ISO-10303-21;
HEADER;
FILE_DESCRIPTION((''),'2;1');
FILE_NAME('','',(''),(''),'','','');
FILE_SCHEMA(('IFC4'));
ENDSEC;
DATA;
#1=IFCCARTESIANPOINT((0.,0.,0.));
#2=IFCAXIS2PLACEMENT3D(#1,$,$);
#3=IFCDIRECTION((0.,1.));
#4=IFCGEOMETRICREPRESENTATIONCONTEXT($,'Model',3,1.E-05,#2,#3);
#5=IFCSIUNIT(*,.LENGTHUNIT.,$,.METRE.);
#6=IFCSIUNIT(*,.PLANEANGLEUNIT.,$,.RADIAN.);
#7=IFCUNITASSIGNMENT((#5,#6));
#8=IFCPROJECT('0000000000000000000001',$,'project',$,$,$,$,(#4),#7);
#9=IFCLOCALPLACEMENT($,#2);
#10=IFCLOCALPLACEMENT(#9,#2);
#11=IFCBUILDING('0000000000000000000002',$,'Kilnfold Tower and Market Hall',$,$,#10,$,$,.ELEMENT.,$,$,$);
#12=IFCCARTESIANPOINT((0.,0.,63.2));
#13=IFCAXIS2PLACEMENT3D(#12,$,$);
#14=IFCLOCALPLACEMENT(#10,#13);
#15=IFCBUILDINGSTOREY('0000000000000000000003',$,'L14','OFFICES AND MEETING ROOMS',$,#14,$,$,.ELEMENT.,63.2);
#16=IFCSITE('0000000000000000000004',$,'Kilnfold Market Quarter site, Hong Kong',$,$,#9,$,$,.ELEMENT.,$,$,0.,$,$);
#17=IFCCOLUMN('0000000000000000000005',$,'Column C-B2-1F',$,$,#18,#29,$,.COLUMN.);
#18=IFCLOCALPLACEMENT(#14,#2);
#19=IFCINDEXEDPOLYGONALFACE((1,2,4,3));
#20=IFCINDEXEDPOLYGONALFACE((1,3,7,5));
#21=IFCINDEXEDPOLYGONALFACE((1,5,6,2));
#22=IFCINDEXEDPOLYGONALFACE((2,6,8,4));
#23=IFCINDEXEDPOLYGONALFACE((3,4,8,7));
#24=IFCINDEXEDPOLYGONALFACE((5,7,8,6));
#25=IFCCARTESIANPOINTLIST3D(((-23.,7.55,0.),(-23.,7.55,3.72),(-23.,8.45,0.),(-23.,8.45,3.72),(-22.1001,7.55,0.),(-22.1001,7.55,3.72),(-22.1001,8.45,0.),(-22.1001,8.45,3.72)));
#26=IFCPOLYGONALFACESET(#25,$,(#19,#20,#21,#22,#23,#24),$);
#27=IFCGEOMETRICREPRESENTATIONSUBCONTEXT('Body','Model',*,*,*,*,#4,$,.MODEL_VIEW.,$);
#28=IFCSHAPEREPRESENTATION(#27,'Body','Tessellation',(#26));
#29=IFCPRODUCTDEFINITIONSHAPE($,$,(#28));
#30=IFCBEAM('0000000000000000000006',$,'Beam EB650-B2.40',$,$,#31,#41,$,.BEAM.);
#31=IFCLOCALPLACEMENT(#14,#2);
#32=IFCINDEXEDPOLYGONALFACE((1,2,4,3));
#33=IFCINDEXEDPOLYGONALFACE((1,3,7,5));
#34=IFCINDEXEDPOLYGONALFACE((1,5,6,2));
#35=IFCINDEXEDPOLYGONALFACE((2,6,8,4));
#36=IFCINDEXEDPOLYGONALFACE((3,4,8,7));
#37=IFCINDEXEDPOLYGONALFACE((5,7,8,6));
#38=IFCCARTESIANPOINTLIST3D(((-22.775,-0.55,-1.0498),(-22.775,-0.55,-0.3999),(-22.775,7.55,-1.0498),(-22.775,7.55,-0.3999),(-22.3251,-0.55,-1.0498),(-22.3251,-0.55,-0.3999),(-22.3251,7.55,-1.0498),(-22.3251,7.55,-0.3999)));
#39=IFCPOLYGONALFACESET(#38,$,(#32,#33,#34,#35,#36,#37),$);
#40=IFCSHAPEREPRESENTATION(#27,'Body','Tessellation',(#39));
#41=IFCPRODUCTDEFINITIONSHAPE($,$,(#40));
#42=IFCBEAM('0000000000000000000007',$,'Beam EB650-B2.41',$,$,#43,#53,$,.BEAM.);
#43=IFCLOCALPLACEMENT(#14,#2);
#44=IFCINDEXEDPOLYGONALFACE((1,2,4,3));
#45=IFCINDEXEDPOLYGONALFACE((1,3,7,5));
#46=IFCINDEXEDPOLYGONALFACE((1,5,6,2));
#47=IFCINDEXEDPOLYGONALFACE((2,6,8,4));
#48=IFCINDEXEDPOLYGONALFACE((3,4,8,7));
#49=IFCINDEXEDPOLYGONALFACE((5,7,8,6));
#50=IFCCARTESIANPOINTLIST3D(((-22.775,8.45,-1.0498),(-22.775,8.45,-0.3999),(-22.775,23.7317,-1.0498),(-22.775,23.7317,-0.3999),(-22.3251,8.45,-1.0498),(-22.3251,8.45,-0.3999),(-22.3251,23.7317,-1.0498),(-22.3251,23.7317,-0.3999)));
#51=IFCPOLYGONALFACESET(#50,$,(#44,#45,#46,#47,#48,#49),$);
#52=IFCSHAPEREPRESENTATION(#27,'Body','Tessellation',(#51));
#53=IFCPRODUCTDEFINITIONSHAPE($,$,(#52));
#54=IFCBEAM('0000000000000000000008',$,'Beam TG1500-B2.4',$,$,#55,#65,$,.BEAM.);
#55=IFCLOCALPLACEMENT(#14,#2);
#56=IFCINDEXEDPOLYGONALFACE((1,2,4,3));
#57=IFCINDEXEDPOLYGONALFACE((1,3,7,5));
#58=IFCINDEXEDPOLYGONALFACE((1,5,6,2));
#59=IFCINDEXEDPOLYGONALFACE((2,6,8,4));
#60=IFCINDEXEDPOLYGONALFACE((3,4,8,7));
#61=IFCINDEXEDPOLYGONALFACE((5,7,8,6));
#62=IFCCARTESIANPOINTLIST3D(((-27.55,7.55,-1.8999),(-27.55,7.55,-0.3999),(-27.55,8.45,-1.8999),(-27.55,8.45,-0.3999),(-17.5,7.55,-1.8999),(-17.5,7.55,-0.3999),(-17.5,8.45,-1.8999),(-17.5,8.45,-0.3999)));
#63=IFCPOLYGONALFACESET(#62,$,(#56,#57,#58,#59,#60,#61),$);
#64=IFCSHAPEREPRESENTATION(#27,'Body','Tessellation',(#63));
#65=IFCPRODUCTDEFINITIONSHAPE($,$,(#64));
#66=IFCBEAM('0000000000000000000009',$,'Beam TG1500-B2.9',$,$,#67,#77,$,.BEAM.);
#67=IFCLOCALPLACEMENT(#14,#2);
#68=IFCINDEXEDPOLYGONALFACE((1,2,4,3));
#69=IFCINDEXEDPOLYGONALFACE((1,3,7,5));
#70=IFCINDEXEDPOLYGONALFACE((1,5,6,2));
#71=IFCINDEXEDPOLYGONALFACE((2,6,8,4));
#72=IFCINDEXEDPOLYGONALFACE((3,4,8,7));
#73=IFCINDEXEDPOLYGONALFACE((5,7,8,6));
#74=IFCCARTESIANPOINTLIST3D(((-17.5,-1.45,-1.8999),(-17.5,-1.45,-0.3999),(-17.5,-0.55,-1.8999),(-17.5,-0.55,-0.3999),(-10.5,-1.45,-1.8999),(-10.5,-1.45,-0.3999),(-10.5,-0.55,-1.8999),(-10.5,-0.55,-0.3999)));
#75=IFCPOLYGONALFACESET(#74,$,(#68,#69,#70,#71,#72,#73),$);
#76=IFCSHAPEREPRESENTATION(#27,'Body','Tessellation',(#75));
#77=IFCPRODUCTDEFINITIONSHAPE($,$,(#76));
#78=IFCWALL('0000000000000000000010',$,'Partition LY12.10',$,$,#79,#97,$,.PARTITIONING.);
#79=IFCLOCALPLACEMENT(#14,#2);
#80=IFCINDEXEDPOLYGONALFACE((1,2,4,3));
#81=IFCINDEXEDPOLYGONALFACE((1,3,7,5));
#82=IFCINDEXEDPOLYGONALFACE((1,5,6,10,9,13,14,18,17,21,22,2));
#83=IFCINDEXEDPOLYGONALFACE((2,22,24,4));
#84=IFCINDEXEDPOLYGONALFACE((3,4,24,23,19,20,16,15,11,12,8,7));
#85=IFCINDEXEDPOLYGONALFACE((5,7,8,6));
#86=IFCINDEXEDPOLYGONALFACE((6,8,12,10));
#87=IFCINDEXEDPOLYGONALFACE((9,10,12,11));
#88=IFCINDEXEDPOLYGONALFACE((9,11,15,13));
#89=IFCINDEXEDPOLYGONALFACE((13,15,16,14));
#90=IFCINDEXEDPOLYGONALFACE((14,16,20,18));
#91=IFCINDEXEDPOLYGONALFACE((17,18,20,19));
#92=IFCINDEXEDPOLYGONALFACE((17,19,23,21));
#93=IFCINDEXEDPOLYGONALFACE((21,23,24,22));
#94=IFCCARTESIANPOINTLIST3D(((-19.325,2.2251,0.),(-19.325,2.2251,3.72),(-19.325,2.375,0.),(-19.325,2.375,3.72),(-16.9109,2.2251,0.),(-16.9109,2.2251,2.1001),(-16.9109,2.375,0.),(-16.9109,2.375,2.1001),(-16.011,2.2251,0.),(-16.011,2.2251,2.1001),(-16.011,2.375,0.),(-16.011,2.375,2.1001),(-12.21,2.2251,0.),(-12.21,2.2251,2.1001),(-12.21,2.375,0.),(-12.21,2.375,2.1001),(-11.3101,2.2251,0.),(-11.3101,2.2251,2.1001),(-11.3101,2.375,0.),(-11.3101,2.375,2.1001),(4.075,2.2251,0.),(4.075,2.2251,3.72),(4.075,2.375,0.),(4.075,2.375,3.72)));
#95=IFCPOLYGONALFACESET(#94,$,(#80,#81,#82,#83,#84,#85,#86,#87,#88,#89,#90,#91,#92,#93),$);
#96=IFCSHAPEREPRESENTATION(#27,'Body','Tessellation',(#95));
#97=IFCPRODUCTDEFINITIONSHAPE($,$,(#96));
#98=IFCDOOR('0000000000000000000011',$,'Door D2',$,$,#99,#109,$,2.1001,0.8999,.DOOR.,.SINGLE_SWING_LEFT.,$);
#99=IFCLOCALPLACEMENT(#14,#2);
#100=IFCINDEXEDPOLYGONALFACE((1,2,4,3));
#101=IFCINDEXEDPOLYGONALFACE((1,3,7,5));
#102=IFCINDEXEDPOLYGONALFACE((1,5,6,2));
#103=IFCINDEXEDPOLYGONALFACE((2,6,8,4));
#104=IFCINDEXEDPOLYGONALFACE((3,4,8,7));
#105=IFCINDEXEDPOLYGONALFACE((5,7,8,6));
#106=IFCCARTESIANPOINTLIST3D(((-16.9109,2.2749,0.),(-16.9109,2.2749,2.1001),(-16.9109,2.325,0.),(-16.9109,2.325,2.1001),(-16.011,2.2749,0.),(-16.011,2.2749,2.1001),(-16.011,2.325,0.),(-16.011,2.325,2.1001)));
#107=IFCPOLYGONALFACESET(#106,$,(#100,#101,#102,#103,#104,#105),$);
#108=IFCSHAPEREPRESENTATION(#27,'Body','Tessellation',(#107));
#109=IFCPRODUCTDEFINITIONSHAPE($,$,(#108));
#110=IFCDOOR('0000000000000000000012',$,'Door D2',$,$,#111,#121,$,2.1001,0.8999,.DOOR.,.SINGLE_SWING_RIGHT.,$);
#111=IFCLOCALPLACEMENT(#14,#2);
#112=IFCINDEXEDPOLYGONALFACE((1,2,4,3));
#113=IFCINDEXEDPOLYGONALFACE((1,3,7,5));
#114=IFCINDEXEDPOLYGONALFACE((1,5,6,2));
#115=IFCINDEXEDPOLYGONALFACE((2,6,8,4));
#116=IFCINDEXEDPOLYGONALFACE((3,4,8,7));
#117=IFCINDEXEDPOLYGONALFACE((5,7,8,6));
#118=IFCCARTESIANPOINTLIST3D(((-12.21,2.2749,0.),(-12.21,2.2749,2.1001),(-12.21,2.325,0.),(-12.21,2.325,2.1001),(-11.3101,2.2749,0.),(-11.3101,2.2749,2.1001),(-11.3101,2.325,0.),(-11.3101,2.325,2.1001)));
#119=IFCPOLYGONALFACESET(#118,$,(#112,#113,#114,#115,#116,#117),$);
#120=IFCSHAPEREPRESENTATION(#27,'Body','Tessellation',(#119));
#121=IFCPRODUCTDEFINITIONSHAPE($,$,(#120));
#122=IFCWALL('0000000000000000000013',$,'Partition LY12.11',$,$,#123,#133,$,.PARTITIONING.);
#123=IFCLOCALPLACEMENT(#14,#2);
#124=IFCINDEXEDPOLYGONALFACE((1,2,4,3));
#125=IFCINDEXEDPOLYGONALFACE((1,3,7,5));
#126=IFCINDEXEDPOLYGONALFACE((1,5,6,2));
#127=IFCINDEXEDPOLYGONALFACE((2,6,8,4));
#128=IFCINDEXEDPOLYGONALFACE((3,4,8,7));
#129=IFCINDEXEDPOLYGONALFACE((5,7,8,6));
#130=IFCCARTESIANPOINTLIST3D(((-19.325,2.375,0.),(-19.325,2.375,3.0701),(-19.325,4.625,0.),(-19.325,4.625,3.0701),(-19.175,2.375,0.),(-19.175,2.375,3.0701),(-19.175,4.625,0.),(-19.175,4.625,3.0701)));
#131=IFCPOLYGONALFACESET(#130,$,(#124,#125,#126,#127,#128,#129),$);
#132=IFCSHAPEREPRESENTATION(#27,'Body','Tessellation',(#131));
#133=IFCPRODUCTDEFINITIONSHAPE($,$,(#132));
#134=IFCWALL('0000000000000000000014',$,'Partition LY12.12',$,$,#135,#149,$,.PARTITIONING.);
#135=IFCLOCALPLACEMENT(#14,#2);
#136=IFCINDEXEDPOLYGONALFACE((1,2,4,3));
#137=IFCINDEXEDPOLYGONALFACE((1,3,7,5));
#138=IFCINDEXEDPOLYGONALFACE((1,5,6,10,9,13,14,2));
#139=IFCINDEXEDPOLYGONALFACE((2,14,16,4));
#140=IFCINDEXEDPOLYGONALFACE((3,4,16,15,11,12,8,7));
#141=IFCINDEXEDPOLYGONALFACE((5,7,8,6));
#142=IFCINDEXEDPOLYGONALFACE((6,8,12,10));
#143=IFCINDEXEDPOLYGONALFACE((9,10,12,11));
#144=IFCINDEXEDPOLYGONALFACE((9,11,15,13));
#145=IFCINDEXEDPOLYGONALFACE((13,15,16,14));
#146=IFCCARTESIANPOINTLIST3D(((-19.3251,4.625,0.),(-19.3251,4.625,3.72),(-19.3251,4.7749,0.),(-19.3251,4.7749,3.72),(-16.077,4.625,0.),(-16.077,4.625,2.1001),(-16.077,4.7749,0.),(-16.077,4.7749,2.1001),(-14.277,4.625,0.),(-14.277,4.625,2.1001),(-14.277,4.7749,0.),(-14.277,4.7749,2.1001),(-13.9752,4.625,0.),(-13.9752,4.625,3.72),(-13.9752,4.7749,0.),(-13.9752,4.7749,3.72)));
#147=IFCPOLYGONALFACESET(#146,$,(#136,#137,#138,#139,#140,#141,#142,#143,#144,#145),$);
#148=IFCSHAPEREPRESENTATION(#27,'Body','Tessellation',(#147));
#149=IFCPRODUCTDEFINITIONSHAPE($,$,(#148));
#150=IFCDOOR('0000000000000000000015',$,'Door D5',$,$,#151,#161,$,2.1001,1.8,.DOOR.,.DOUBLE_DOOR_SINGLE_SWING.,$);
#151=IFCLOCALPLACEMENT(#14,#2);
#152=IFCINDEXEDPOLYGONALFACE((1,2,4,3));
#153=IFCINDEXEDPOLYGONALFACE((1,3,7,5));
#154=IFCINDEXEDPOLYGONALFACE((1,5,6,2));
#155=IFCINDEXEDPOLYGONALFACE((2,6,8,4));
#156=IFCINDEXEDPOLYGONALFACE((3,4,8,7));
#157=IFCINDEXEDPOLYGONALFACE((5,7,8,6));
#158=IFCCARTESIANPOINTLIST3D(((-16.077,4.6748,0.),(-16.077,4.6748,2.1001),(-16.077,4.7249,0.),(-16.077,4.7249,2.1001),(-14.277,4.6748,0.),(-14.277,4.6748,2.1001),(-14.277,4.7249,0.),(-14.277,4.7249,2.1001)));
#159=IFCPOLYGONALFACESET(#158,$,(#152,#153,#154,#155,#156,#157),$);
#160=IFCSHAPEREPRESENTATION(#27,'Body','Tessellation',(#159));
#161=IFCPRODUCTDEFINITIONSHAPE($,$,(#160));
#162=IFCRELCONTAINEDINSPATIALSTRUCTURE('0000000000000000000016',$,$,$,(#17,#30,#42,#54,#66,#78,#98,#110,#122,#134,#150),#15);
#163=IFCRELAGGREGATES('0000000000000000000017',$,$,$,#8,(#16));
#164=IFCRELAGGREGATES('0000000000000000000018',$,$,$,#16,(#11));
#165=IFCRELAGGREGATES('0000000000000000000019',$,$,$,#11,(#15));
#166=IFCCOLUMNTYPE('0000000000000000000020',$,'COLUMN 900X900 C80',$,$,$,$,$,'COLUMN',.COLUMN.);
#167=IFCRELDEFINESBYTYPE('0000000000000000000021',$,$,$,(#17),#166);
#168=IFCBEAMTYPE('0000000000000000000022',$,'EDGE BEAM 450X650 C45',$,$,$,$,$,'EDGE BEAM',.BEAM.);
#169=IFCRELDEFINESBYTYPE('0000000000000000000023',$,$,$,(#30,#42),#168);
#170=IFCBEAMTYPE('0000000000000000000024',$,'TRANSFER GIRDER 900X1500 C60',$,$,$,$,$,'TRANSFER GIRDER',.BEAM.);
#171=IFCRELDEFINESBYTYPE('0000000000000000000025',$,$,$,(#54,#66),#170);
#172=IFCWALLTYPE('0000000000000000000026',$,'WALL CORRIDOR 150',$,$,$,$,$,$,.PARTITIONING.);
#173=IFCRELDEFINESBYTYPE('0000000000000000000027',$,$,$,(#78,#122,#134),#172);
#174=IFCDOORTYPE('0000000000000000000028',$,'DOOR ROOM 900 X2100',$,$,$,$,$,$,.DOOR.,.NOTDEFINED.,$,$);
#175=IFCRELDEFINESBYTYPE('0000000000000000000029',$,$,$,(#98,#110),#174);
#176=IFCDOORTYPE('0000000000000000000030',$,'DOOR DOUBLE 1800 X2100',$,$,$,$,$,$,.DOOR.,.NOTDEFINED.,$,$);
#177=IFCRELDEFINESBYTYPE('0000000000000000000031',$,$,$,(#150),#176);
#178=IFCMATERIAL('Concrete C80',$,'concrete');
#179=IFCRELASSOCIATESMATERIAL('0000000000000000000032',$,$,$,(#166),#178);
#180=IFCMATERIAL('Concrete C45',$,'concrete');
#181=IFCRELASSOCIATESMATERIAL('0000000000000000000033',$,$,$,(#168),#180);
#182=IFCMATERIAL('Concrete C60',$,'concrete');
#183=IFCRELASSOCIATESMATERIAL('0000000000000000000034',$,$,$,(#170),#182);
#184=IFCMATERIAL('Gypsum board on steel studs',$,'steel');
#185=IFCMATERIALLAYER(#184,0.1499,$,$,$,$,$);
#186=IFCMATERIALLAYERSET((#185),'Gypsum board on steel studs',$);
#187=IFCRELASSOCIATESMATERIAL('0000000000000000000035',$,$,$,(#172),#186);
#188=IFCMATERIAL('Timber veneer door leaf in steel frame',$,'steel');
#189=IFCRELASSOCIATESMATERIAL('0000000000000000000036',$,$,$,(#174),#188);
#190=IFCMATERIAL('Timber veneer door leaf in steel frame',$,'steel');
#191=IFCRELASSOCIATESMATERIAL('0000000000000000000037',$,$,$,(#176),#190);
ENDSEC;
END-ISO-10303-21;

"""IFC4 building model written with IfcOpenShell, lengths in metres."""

from ifc_helpers import new_model, si_unit, direction, frame, frame_2d, origin, origin_2d, place, context, subcontext, project, spatial, rectangle, extrude, source, transform, mapped, material, layer, layer_set, material_profile, profile_set, type_object, element, fill, save


model = new_model("IFC4")

# Units and contexts
model_context = context("Model", 3, precision=1e-05, world=origin(), true_north=direction((0.0, 1.0)))
body_context = subcontext(model_context, "Body", "Model", "MODEL_VIEW")
ifc_project = project(units=[si_unit("LENGTHUNIT", "METRE"), si_unit("PLANEANGLEUNIT", "RADIAN")], contexts=[model_context])

# Site, building, storey
site_placement = place(None, origin())
site = spatial("IfcSite", under=ifc_project, at=site_placement, Name="Kilnfold Market Quarter site, Hong Kong", CompositionType="ELEMENT", RefElevation=0.0)
building_placement = place(site_placement, origin())
building = spatial("IfcBuilding", under=site, at=building_placement, Name="Kilnfold Tower and Market Hall", CompositionType="ELEMENT")
storey_placement = place(building_placement, frame((0.0, 0.0, 63.2)))
storey = spatial("IfcBuildingStorey", under=building, at=storey_placement, Name="L14", Description="OFFICES AND MEETING ROOMS", CompositionType="ELEMENT", Elevation=63.2)

# Column
ifc_material_1 = material(Name="Concrete C80", Category="concrete")
ifc_material_profile_1 = material_profile(ifc_material_1, rectangle(XDim=0.8999, YDim=0.8999, at=origin_2d()), Name="RC 900x900")
ifc_profile_set_1 = profile_set([ifc_material_profile_1], Name="Concrete C80")
column_type = type_object("IfcColumnType", Name="COLUMN 900X900 C80", ElementType="COLUMN", PredefinedType="COLUMN", material=ifc_profile_set_1)
shared_shape_1 = source(origin(), body_context, "Body", "SweptSolid", [
    extrude(rectangle(XDim=0.8999, YDim=0.8999, at=origin_2d()), origin(), (0.0, 0.0, 1.0), 3.72),
])
column_placement = place(storey_placement, frame((-22.55, 8.0, 0.0), z_axis=(0.0, 0.0, 1.0), x_axis=(1.0, 0.0, 0.0)))
element("IfcColumn", 1, at=column_placement, inside=storey, type_object=column_type, Name="Column C-B2-1F", PredefinedType="COLUMN", context=body_context, shape_type="MappedRepresentation", body=[
    mapped(shared_shape_1, transform((0.0, 0.0, 0.0))),
])

# Beams
ifc_material_2 = material(Name="Concrete C45", Category="concrete")
ifc_material_profile_2 = material_profile(ifc_material_2, rectangle(XDim=0.45, YDim=0.6499, at=origin_2d()), Name="RC 450x650")
ifc_profile_set_2 = profile_set([ifc_material_profile_2], Name="Concrete C45")
beam_type_1 = type_object("IfcBeamType", Name="EDGE BEAM 450X650 C45", ElementType="EDGE BEAM", PredefinedType="BEAM", material=ifc_profile_set_2)
shared_shape_2 = source(origin(), body_context, "Body", "SweptSolid", [
    extrude(rectangle(XDim=0.45, YDim=0.6499, at=origin_2d()), origin(), (0.0, 0.0, 1.0), 8.1001),
])
beam_1_placement = place(storey_placement, frame((-22.55, -0.55, -0.7249), z_axis=(0.0, 1.0, 0.0), x_axis=(-1.0, 0.0, 0.0)))
element("IfcBeam", 2, at=beam_1_placement, inside=storey, type_object=beam_type_1, Name="Beam EB650-B2.40", PredefinedType="BEAM", context=body_context, shape_type="MappedRepresentation", body=[
    mapped(shared_shape_2, transform((0.0, 0.0, 0.0))),
])
shared_shape_3 = source(origin(), body_context, "Body", "SweptSolid", [
    extrude(rectangle(XDim=0.45, YDim=0.6499, at=origin_2d()), origin(), (0.0, 0.0, 1.0), 15.2817),
])
beam_2_placement = place(storey_placement, frame((-22.55, 8.45, -0.7249), z_axis=(0.0, 1.0, 0.0), x_axis=(-1.0, 0.0, 0.0)))
element("IfcBeam", 3, at=beam_2_placement, inside=storey, type_object=beam_type_1, Name="Beam EB650-B2.41", PredefinedType="BEAM", context=body_context, shape_type="MappedRepresentation", body=[
    mapped(shared_shape_3, transform((0.0, 0.0, 0.0))),
])
ifc_material_3 = material(Name="Concrete C60", Category="concrete")
ifc_material_profile_3 = material_profile(ifc_material_3, rectangle(XDim=0.8999, YDim=1.5, at=origin_2d()), Name="RC 900x1500")
ifc_profile_set_3 = profile_set([ifc_material_profile_3], Name="Concrete C60")
beam_type_2 = type_object("IfcBeamType", Name="TRANSFER GIRDER 900X1500 C60", ElementType="TRANSFER GIRDER", PredefinedType="BEAM", material=ifc_profile_set_3)
shared_shape_4 = source(origin(), body_context, "Body", "SweptSolid", [
    extrude(rectangle(XDim=0.8999, YDim=1.5, at=origin_2d()), origin(), (0.0, 0.0, 1.0), 10.05),
])
beam_3_placement = place(storey_placement, frame((-27.55, 8.0, -1.1499), z_axis=(1.0, 0.0, 0.0), x_axis=(0.0, 1.0, 0.0)))
element("IfcBeam", 4, at=beam_3_placement, inside=storey, type_object=beam_type_2, Name="Beam TG1500-B2.4", PredefinedType="BEAM", context=body_context, shape_type="MappedRepresentation", body=[
    mapped(shared_shape_4, transform((0.0, 0.0, 0.0))),
])
shared_shape_5 = source(origin(), body_context, "Body", "SweptSolid", [
    extrude(rectangle(XDim=0.8999, YDim=1.5, at=origin_2d()), origin(), (0.0, 0.0, 1.0), 7.0),
])
beam_4_placement = place(storey_placement, frame((-17.5, -1.0, -1.1499), z_axis=(1.0, 0.0, 0.0), x_axis=(0.0, 1.0, 0.0)))
element("IfcBeam", 5, at=beam_4_placement, inside=storey, type_object=beam_type_2, Name="Beam TG1500-B2.9", PredefinedType="BEAM", context=body_context, shape_type="MappedRepresentation", body=[
    mapped(shared_shape_5, transform((0.0, 0.0, 0.0))),
])

# Wall, openings, doors
ifc_material_4 = material(Name="Gypsum board on steel studs", Category="steel")
ifc_layer_1 = layer(ifc_material_4, 0.1499)
ifc_layer_set_1 = layer_set([ifc_layer_1], Name="Gypsum board on steel studs")
wall_type_1 = type_object("IfcWallType", Name="WALL CORRIDOR 150", PredefinedType="PARTITIONING", material=ifc_layer_set_1)
wall_1_placement = place(storey_placement, frame((-19.325, 2.3, 0.0), z_axis=(0.0, 0.0, 1.0), x_axis=(1.0, 0.0, 0.0)))
wall_1 = element("IfcWall", 6, at=wall_1_placement, inside=storey, type_object=wall_type_1, Name="Partition LY12.10", PredefinedType="PARTITIONING", context=body_context, shape_type="SweptSolid", body=[
    extrude(rectangle(XDim=23.3999, YDim=0.1499, at=frame_2d((11.7, 0.0))), origin(), (0.0, 0.0, 1.0), 3.72),
])
opening_1_placement = place(wall_1_placement, frame((2.4141, 0.0, 0.0)))
opening_1 = element("IfcOpeningElement", 7, at=opening_1_placement, cuts=wall_1, PredefinedType="OPENING", context=body_context, shape_type="SweptSolid", body=[
    extrude(rectangle(XDim=0.8999, YDim=2.1001, at=frame_2d((0.45, 1.05))), frame((0.0, 0.085, 0.0), z_axis=(0.0, -1.0, 0.0), x_axis=(1.0, 0.0, 0.0)), (0.0, 0.0, 1.0), 0.1699),
])
opening_2_placement = place(wall_1_placement, frame((7.115, 0.0, 0.0)))
opening_2 = element("IfcOpeningElement", 8, at=opening_2_placement, cuts=wall_1, PredefinedType="OPENING", context=body_context, shape_type="SweptSolid", body=[
    extrude(rectangle(XDim=0.8999, YDim=2.1001, at=frame_2d((0.45, 1.05))), frame((0.0, 0.085, 0.0), z_axis=(0.0, -1.0, 0.0), x_axis=(1.0, 0.0, 0.0)), (0.0, 0.0, 1.0), 0.1699),
])
ifc_material_5 = material(Name="Timber veneer door leaf in steel frame", Category="steel")
door_type_1 = type_object("IfcDoorType", Name="DOOR ROOM 900 X2100", OperationType="NOTDEFINED", PredefinedType="DOOR", material=ifc_material_5)
door_1_placement = place(opening_1_placement, origin())
door_1 = element("IfcDoor", 9, at=door_1_placement, inside=storey, type_object=door_type_1, Name="Door D2", OperationType="SINGLE_SWING_LEFT", OverallHeight=2.1001, OverallWidth=0.8999, PredefinedType="DOOR", context=body_context, shape_type="SweptSolid", body=[
    extrude(rectangle(XDim=0.8999, YDim=2.1001, at=frame_2d((0.45, 1.05))), frame((0.0, 0.0249, 0.0), z_axis=(0.0, -1.0, 0.0), x_axis=(1.0, 0.0, 0.0)), (0.0, 0.0, 1.0), 0.05),
])
fill(opening_1, door_1)
door_2_placement = place(opening_2_placement, origin())
door_2 = element("IfcDoor", 10, at=door_2_placement, inside=storey, type_object=door_type_1, Name="Door D2", OperationType="SINGLE_SWING_RIGHT", OverallHeight=2.1001, OverallWidth=0.8999, PredefinedType="DOOR", context=body_context, shape_type="SweptSolid", body=[
    extrude(rectangle(XDim=0.8999, YDim=2.1001, at=frame_2d((0.45, 1.05))), frame((0.0, 0.0249, 0.0), z_axis=(0.0, -1.0, 0.0), x_axis=(1.0, 0.0, 0.0)), (0.0, 0.0, 1.0), 0.05),
])
fill(opening_2, door_2)

# Wall
wall_2_placement = place(storey_placement, frame((-19.25, 2.375, 0.0), z_axis=(0.0, 0.0, 1.0), x_axis=(0.0, 1.0, 0.0)))
element("IfcWall", 11, at=wall_2_placement, inside=storey, type_object=wall_type_1, Name="Partition LY12.11", PredefinedType="PARTITIONING", context=body_context, shape_type="SweptSolid", body=[
    extrude(rectangle(XDim=2.25, YDim=0.1499, at=frame_2d((1.125, 0.0))), origin(), (0.0, 0.0, 1.0), 3.0701),
])

# Wall, opening, door
wall_3_placement = place(storey_placement, frame((-19.325, 4.7, 0.0), z_axis=(0.0, 0.0, 1.0), x_axis=(1.0, 0.0, 0.0)))
wall_3 = element("IfcWall", 12, at=wall_3_placement, inside=storey, type_object=wall_type_1, Name="Partition LY12.12", PredefinedType="PARTITIONING", context=body_context, shape_type="SweptSolid", body=[
    extrude(rectangle(XDim=5.3499, YDim=0.1499, at=frame_2d((2.6748, 0.0))), origin(), (0.0, 0.0, 1.0), 3.72),
])
opening_3_placement = place(wall_3_placement, frame((3.248, 0.0, 0.0)))
opening_3 = element("IfcOpeningElement", 13, at=opening_3_placement, cuts=wall_3, PredefinedType="OPENING", context=body_context, shape_type="SweptSolid", body=[
    extrude(rectangle(XDim=1.8, YDim=2.1001, at=frame_2d((0.8999, 1.05))), frame((0.0, 0.085, 0.0), z_axis=(0.0, -1.0, 0.0), x_axis=(1.0, 0.0, 0.0)), (0.0, 0.0, 1.0), 0.1699),
])
ifc_material_6 = material(Name="Timber veneer door leaf in steel frame", Category="steel")
door_type_2 = type_object("IfcDoorType", Name="DOOR DOUBLE 1800 X2100", OperationType="NOTDEFINED", PredefinedType="DOOR", material=ifc_material_6)
door_3_placement = place(opening_3_placement, origin())
door_3 = element("IfcDoor", 14, at=door_3_placement, inside=storey, type_object=door_type_2, Name="Door D5", OperationType="DOUBLE_DOOR_SINGLE_SWING", OverallHeight=2.1001, OverallWidth=1.8, PredefinedType="DOOR", context=body_context, shape_type="SweptSolid", body=[
    extrude(rectangle(XDim=1.8, YDim=2.1001, at=frame_2d((0.8999, 1.05))), frame((0.0, 0.0249, 0.0), z_axis=(0.0, -1.0, 0.0), x_axis=(1.0, 0.0, 0.0)), (0.0, 0.0, 1.0), 0.05),
])
fill(opening_3, door_3)

save(model, "model.ifc")
